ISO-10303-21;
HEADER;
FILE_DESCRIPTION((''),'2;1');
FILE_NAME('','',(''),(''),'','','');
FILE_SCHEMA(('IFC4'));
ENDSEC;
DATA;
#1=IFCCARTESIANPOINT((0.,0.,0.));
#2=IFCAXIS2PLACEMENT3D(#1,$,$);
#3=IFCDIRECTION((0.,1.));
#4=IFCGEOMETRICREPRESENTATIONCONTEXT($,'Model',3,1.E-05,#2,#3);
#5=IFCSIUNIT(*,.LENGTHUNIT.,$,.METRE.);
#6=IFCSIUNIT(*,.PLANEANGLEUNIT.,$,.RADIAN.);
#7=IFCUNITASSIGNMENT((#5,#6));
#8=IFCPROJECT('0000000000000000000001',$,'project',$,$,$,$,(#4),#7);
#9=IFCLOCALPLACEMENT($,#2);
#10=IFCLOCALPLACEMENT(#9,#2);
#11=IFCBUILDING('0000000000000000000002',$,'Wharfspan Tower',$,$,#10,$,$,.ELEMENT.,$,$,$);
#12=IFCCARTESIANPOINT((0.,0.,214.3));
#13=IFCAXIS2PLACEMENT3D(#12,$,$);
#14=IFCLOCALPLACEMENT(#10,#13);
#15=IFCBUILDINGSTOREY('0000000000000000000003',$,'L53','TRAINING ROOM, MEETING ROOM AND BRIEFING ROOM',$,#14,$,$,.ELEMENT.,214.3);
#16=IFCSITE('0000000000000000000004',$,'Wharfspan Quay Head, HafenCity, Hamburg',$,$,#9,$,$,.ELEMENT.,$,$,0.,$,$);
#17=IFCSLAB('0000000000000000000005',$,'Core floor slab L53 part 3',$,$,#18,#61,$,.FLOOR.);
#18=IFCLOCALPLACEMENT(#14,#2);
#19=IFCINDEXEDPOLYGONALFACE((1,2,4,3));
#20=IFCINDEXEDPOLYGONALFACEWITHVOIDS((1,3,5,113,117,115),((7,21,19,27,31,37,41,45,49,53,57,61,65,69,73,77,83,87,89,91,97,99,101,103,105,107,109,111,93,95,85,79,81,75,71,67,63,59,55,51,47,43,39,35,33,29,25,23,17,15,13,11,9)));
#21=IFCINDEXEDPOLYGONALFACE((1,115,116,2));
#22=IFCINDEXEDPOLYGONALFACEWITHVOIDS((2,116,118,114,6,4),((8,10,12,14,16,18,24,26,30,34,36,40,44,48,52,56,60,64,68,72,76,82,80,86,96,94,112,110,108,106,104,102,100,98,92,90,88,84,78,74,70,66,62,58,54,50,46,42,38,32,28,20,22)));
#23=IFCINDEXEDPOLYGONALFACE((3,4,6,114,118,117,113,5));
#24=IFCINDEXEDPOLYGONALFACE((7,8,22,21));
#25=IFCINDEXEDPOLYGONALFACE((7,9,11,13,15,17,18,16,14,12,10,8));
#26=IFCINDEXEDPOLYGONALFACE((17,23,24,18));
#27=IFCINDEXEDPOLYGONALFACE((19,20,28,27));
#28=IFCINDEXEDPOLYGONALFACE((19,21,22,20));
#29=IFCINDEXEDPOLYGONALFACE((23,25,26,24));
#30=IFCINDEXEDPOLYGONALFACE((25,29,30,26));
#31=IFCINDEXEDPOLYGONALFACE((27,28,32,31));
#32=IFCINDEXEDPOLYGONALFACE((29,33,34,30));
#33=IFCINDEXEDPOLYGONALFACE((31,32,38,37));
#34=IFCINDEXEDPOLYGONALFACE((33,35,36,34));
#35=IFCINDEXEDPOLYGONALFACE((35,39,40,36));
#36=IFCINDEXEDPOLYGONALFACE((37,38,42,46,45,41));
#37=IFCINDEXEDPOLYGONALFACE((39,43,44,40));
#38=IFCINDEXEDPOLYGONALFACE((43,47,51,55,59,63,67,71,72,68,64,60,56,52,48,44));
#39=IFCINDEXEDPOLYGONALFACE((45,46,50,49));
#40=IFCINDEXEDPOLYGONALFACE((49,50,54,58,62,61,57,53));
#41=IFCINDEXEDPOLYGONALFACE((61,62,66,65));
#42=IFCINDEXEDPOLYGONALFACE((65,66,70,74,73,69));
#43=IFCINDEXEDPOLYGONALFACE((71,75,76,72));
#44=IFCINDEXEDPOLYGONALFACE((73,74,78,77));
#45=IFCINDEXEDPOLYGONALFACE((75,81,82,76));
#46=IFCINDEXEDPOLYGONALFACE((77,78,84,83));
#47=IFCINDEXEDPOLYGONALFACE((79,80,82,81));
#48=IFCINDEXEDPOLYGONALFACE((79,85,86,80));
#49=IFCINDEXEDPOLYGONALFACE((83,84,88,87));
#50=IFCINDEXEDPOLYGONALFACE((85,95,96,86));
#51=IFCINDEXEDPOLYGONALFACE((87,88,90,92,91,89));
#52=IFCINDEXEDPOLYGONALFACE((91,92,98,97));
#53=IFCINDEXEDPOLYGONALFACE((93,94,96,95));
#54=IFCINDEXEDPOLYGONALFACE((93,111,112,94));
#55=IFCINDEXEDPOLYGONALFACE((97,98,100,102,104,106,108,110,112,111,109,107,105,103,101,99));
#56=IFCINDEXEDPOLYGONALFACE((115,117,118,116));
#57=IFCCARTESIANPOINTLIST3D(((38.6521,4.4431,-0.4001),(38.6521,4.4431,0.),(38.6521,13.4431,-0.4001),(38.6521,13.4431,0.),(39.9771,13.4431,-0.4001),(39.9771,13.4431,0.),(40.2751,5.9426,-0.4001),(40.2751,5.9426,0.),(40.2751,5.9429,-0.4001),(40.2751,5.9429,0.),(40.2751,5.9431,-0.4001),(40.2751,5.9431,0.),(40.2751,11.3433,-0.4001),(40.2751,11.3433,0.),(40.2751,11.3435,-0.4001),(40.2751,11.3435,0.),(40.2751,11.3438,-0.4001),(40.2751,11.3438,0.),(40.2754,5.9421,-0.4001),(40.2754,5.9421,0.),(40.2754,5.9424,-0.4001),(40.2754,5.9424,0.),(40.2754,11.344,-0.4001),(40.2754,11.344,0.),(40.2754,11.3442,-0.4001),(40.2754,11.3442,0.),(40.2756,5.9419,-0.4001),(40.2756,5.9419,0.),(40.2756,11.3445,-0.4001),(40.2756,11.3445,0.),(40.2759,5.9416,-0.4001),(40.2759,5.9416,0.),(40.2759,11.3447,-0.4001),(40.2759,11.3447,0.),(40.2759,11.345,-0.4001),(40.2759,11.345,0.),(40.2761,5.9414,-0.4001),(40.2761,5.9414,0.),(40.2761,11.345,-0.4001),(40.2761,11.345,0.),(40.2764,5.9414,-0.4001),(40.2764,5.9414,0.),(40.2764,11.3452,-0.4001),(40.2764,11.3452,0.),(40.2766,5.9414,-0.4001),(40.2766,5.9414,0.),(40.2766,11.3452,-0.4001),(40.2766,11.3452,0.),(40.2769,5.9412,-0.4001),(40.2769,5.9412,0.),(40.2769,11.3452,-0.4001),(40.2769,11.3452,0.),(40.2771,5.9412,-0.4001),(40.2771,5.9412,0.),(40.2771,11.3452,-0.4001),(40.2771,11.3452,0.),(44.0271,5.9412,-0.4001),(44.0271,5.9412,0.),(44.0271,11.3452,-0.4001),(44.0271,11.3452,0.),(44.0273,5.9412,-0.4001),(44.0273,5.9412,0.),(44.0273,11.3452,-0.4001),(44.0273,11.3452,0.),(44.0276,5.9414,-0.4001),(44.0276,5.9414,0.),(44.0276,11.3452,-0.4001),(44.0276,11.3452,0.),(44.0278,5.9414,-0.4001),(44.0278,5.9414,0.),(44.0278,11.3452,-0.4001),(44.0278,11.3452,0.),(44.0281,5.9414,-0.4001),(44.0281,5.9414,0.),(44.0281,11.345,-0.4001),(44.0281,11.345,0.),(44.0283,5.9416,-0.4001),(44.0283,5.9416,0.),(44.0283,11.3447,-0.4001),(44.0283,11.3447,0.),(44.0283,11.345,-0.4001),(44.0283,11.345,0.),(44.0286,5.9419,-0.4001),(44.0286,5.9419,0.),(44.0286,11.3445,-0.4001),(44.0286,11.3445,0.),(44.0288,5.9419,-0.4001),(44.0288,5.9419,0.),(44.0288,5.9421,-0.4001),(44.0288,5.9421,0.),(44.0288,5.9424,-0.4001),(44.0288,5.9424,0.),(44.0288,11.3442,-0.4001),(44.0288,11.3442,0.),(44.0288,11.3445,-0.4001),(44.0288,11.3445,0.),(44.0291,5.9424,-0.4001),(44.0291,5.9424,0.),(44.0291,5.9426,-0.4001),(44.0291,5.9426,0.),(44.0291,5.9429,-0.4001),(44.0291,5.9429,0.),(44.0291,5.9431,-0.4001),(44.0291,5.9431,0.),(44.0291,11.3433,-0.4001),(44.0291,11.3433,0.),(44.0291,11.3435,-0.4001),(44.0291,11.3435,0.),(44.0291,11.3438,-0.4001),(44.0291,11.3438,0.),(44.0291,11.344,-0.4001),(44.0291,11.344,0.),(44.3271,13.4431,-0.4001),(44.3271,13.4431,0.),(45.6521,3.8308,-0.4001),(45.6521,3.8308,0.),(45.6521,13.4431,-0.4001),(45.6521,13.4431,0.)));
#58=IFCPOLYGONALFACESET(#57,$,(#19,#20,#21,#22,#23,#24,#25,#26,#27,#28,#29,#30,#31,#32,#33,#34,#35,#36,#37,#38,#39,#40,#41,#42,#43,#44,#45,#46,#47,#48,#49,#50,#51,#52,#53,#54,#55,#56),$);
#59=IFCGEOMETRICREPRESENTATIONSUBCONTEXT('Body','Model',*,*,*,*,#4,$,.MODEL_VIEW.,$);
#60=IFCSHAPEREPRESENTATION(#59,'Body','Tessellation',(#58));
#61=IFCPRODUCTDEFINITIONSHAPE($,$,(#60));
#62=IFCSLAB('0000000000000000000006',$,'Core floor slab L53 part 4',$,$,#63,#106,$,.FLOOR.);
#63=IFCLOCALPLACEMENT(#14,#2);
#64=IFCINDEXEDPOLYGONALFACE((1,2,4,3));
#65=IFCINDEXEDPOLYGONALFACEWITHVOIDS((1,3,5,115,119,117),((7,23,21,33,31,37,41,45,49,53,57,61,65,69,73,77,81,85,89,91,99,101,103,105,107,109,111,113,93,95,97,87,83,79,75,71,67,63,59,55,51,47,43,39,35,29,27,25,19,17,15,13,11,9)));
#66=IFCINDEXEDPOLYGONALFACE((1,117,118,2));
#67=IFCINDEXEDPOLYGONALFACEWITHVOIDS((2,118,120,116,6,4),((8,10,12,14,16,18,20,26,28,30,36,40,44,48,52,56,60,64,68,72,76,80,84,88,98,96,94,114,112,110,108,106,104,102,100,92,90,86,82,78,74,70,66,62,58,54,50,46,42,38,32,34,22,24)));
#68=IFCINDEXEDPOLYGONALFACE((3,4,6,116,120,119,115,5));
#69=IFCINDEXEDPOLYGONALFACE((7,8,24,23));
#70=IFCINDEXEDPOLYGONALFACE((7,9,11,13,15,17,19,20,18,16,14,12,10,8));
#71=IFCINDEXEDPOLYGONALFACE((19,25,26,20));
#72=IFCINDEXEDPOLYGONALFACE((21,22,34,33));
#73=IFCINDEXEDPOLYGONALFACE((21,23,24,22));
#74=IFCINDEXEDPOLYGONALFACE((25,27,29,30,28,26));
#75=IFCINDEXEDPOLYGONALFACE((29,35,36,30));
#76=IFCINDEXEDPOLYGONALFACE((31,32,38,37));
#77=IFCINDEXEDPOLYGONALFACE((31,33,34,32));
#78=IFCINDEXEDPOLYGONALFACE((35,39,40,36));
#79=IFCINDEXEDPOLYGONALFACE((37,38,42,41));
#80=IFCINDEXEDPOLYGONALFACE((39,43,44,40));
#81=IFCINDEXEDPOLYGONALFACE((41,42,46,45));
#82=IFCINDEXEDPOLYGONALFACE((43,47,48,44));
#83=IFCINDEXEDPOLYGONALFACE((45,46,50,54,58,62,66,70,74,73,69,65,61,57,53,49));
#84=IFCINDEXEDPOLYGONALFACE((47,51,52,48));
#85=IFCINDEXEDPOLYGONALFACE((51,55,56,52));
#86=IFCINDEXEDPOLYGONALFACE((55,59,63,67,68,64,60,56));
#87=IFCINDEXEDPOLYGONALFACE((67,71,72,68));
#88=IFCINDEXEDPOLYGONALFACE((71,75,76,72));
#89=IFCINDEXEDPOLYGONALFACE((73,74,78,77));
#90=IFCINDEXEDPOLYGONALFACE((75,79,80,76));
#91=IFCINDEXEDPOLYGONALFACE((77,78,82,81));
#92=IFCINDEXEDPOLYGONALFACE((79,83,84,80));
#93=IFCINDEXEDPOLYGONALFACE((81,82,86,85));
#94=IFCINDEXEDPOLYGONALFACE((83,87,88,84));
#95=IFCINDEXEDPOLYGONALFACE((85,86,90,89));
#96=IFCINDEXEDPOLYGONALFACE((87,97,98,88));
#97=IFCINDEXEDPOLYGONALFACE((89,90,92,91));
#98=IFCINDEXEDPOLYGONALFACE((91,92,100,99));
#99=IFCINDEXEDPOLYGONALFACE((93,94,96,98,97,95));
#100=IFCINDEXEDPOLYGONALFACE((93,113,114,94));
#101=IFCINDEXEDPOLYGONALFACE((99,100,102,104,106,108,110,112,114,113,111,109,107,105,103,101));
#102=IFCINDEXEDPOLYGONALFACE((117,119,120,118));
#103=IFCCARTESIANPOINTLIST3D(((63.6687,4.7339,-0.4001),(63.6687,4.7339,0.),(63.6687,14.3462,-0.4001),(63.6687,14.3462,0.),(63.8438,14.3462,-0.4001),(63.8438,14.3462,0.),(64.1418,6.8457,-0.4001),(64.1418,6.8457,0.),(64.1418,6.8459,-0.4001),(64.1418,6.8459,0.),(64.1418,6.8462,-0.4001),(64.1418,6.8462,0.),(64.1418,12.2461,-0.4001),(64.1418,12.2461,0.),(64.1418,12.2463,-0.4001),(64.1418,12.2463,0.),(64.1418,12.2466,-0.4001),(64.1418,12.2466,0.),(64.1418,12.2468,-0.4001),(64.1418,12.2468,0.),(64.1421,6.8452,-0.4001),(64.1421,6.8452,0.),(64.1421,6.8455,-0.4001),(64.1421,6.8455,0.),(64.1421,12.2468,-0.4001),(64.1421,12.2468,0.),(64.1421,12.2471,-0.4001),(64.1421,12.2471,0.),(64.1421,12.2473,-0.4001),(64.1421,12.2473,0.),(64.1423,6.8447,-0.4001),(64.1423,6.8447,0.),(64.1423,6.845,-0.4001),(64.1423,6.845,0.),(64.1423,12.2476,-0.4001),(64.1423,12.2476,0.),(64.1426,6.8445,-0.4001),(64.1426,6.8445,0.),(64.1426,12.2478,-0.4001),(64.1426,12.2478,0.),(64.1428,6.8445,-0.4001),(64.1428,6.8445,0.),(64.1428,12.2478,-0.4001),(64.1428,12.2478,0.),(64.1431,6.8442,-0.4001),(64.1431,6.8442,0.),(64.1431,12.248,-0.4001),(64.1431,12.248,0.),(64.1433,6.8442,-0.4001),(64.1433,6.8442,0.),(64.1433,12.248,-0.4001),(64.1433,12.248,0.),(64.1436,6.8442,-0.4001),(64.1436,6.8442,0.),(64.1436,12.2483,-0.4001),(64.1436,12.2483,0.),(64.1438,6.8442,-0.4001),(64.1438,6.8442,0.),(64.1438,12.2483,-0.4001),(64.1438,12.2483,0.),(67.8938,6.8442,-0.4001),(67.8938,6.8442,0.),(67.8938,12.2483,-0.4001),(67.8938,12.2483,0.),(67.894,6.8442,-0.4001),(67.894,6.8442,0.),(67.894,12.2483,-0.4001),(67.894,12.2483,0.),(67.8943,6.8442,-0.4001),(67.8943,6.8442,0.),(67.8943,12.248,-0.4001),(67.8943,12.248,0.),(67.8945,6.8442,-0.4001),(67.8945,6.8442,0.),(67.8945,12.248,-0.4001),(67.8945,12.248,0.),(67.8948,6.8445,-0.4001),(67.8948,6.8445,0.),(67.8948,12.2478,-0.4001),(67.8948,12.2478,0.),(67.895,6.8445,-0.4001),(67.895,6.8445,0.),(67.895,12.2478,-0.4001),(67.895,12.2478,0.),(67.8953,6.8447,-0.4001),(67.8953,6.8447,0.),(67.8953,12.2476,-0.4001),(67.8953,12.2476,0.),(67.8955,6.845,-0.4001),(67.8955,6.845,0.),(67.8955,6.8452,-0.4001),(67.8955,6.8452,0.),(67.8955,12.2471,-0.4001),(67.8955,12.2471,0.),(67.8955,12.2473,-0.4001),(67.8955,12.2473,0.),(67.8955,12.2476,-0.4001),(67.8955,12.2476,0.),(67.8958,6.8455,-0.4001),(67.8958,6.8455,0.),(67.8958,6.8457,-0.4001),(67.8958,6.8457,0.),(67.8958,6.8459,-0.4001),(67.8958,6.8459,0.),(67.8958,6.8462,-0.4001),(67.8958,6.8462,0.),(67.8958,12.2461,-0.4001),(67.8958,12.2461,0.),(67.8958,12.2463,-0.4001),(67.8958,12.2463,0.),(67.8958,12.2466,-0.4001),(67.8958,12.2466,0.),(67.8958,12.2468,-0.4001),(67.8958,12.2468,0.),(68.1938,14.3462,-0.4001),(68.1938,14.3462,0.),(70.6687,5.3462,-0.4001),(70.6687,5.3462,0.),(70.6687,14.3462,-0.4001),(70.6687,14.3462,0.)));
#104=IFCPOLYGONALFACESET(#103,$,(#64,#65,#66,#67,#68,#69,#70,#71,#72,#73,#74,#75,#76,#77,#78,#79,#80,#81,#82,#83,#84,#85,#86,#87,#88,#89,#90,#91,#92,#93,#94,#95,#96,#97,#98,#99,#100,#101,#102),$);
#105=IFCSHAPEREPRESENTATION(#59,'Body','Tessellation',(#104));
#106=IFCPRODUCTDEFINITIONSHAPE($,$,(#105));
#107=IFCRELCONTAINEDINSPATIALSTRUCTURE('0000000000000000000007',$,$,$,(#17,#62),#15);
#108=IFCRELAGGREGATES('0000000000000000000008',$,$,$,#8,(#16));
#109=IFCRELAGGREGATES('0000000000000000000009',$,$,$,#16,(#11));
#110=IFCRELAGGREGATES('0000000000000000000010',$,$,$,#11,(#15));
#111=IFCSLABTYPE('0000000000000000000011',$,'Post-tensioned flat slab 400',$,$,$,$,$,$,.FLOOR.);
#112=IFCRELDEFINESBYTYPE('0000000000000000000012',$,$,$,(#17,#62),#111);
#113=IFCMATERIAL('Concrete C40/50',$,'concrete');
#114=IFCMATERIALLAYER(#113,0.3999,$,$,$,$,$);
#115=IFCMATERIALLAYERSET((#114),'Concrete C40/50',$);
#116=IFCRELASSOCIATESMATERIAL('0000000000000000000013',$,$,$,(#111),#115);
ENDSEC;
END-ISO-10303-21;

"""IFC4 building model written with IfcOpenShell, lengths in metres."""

from ifc_helpers import new_model, si_unit, direction, frame, origin, place, context, subcontext, project, spatial, polyline, outline, extrude, material, layer, layer_set, type_object, element, save


model = new_model("IFC4")

# Units and contexts
model_context = context("Model", 3, precision=1e-05, world=origin(), true_north=direction((0.0, 1.0)))
body_context = subcontext(model_context, "Body", "Model", "MODEL_VIEW")
ifc_project = project(units=[si_unit("LENGTHUNIT", "METRE"), si_unit("PLANEANGLEUNIT", "RADIAN")], contexts=[model_context])

# Site, building, storey
site_placement = place(None, origin())
site = spatial("IfcSite", under=ifc_project, at=site_placement, Name="Wharfspan Quay Head, HafenCity, Hamburg", CompositionType="ELEMENT", RefElevation=0.0)
building_placement = place(site_placement, origin())
building = spatial("IfcBuilding", under=site, at=building_placement, Name="Wharfspan Tower", CompositionType="ELEMENT")
storey_placement = place(building_placement, frame((0.0, 0.0, 214.3)))
storey = spatial("IfcBuildingStorey", under=building, at=storey_placement, Name="L53", Description="TRAINING ROOM, MEETING ROOM AND BRIEFING ROOM", CompositionType="ELEMENT", Elevation=214.3)

# Slabs
ifc_material_1 = material(Name="Concrete C40/50", Category="concrete")
ifc_layer_1 = layer(ifc_material_1, 0.3999)
ifc_layer_set_1 = layer_set([ifc_layer_1], Name="Concrete C40/50")
slab_type_1 = type_object("IfcSlabType", Name="Post-tensioned flat slab 400", PredefinedType="FLOOR", material=ifc_layer_set_1)
slab_1_placement = place(storey_placement, frame((0.0, 0.0, -0.4001)))
element("IfcSlab", 1, at=slab_1_placement, inside=storey, type_object=slab_type_1, Name="Core floor slab L53 part 3", PredefinedType="FLOOR", context=body_context, shape_type="SweptSolid", body=[
    extrude(outline(polyline([(44.3271, 13.4431), (39.9771, 13.4431), (38.6521, 13.4431), (38.6521, 4.4431), (45.6521, 3.8308), (45.6521, 13.4431), (44.3271, 13.4431)]), holes=[polyline([(40.2751, 11.3433), (40.2751, 11.3435), (40.2751, 11.3435), (40.2751, 11.3438), (40.2754, 11.344), (40.2754, 11.3442), (40.2754, 11.3442), (40.2756, 11.3445), (40.2756, 11.3445), (40.2759, 11.3447), (40.2759, 11.345), (40.2761, 11.345), (40.2764, 11.3452), (40.2766, 11.3452), (40.2766, 11.3452), (40.2769, 11.3452), (40.2771, 11.3452), (44.0271, 11.3452), (44.0273, 11.3452), (44.0276, 11.3452), (44.0276, 11.3452), (44.0278, 11.3452), (44.0281, 11.345), (44.0283, 11.345), (44.0283, 11.3447), (44.0286, 11.3445), (44.0288, 11.3445), (44.0288, 11.3442), (44.0288, 11.3442), (44.0291, 11.344), (44.0291, 11.3438), (44.0291, 11.3435), (44.0291, 11.3435), (44.0291, 11.3433), (44.0291, 5.9431), (44.0291, 5.9431), (44.0291, 5.9429), (44.0291, 5.9426), (44.0291, 5.9424), (44.0288, 5.9424), (44.0288, 5.9421), (44.0288, 5.9419), (44.0286, 5.9419), (44.0283, 5.9417), (44.0283, 5.9417), (44.0281, 5.9414), (44.0278, 5.9414), (44.0276, 5.9414), (44.0276, 5.9414), (44.0273, 5.9412), (44.0271, 5.9412), (40.2771, 5.9412), (40.2769, 5.9412), (40.2766, 5.9414), (40.2766, 5.9414), (40.2764, 5.9414), (40.2761, 5.9414), (40.2759, 5.9417), (40.2759, 5.9417), (40.2756, 5.9419), (40.2756, 5.9419), (40.2754, 5.9421), (40.2754, 5.9424), (40.2754, 5.9424), (40.2751, 5.9426), (40.2751, 5.9429), (40.2751, 5.9431), (40.2751, 5.9431), (40.2751, 11.3433)])]), origin(), (0.0, 0.0, 1.0), 0.4001),
])
slab_2_placement = place(storey_placement, frame((0.0, 0.0, -0.4001)))
element("IfcSlab", 2, at=slab_2_placement, inside=storey, type_object=slab_type_1, Name="Core floor slab L53 part 4", PredefinedType="FLOOR", context=body_context, shape_type="SweptSolid", body=[
    extrude(outline(polyline([(70.6687, 14.3462), (68.1938, 14.3462), (63.8438, 14.3462), (63.6687, 14.3462), (63.6687, 4.7339), (70.6687, 5.3462), (70.6687, 14.3462)]), holes=[polyline([(64.1418, 12.2461), (64.1418, 12.2463), (64.1418, 12.2466), (64.1418, 12.2468), (64.1421, 12.2468), (64.1421, 12.2471), (64.1421, 12.2473), (64.1423, 12.2476), (64.1423, 12.2476), (64.1426, 12.2478), (64.1426, 12.2478), (64.1428, 12.2478), (64.1431, 12.248), (64.1433, 12.248), (64.1433, 12.248), (64.1436, 12.2483), (64.1438, 12.2483), (67.8938, 12.2483), (67.894, 12.2483), (67.8943, 12.248), (67.8943, 12.248), (67.8945, 12.248), (67.8948, 12.2478), (67.895, 12.2478), (67.895, 12.2478), (67.8953, 12.2476), (67.8955, 12.2476), (67.8955, 12.2473), (67.8955, 12.2471), (67.8958, 12.2468), (67.8958, 12.2468), (67.8958, 12.2466), (67.8958, 12.2463), (67.8958, 12.2461), (67.8958, 6.8462), (67.8958, 6.8459), (67.8958, 6.8457), (67.8958, 6.8457), (67.8958, 6.8455), (67.8955, 6.8452), (67.8955, 6.8452), (67.8955, 6.845), (67.8953, 6.8447), (67.895, 6.8445), (67.895, 6.8445), (67.8948, 6.8445), (67.8945, 6.8442), (67.8943, 6.8442), (67.8943, 6.8442), (67.894, 6.8442), (67.8938, 6.8442), (64.1438, 6.8442), (64.1436, 6.8442), (64.1433, 6.8442), (64.1433, 6.8442), (64.1431, 6.8442), (64.1428, 6.8445), (64.1426, 6.8445), (64.1426, 6.8445), (64.1423, 6.8447), (64.1423, 6.845), (64.1421, 6.8452), (64.1421, 6.8452), (64.1421, 6.8455), (64.1418, 6.8457), (64.1418, 6.8457), (64.1418, 6.8459), (64.1418, 6.8462), (64.1418, 12.2461)])]), origin(), (0.0, 0.0, 1.0), 0.4001),
])

save(model, "model.ifc")
